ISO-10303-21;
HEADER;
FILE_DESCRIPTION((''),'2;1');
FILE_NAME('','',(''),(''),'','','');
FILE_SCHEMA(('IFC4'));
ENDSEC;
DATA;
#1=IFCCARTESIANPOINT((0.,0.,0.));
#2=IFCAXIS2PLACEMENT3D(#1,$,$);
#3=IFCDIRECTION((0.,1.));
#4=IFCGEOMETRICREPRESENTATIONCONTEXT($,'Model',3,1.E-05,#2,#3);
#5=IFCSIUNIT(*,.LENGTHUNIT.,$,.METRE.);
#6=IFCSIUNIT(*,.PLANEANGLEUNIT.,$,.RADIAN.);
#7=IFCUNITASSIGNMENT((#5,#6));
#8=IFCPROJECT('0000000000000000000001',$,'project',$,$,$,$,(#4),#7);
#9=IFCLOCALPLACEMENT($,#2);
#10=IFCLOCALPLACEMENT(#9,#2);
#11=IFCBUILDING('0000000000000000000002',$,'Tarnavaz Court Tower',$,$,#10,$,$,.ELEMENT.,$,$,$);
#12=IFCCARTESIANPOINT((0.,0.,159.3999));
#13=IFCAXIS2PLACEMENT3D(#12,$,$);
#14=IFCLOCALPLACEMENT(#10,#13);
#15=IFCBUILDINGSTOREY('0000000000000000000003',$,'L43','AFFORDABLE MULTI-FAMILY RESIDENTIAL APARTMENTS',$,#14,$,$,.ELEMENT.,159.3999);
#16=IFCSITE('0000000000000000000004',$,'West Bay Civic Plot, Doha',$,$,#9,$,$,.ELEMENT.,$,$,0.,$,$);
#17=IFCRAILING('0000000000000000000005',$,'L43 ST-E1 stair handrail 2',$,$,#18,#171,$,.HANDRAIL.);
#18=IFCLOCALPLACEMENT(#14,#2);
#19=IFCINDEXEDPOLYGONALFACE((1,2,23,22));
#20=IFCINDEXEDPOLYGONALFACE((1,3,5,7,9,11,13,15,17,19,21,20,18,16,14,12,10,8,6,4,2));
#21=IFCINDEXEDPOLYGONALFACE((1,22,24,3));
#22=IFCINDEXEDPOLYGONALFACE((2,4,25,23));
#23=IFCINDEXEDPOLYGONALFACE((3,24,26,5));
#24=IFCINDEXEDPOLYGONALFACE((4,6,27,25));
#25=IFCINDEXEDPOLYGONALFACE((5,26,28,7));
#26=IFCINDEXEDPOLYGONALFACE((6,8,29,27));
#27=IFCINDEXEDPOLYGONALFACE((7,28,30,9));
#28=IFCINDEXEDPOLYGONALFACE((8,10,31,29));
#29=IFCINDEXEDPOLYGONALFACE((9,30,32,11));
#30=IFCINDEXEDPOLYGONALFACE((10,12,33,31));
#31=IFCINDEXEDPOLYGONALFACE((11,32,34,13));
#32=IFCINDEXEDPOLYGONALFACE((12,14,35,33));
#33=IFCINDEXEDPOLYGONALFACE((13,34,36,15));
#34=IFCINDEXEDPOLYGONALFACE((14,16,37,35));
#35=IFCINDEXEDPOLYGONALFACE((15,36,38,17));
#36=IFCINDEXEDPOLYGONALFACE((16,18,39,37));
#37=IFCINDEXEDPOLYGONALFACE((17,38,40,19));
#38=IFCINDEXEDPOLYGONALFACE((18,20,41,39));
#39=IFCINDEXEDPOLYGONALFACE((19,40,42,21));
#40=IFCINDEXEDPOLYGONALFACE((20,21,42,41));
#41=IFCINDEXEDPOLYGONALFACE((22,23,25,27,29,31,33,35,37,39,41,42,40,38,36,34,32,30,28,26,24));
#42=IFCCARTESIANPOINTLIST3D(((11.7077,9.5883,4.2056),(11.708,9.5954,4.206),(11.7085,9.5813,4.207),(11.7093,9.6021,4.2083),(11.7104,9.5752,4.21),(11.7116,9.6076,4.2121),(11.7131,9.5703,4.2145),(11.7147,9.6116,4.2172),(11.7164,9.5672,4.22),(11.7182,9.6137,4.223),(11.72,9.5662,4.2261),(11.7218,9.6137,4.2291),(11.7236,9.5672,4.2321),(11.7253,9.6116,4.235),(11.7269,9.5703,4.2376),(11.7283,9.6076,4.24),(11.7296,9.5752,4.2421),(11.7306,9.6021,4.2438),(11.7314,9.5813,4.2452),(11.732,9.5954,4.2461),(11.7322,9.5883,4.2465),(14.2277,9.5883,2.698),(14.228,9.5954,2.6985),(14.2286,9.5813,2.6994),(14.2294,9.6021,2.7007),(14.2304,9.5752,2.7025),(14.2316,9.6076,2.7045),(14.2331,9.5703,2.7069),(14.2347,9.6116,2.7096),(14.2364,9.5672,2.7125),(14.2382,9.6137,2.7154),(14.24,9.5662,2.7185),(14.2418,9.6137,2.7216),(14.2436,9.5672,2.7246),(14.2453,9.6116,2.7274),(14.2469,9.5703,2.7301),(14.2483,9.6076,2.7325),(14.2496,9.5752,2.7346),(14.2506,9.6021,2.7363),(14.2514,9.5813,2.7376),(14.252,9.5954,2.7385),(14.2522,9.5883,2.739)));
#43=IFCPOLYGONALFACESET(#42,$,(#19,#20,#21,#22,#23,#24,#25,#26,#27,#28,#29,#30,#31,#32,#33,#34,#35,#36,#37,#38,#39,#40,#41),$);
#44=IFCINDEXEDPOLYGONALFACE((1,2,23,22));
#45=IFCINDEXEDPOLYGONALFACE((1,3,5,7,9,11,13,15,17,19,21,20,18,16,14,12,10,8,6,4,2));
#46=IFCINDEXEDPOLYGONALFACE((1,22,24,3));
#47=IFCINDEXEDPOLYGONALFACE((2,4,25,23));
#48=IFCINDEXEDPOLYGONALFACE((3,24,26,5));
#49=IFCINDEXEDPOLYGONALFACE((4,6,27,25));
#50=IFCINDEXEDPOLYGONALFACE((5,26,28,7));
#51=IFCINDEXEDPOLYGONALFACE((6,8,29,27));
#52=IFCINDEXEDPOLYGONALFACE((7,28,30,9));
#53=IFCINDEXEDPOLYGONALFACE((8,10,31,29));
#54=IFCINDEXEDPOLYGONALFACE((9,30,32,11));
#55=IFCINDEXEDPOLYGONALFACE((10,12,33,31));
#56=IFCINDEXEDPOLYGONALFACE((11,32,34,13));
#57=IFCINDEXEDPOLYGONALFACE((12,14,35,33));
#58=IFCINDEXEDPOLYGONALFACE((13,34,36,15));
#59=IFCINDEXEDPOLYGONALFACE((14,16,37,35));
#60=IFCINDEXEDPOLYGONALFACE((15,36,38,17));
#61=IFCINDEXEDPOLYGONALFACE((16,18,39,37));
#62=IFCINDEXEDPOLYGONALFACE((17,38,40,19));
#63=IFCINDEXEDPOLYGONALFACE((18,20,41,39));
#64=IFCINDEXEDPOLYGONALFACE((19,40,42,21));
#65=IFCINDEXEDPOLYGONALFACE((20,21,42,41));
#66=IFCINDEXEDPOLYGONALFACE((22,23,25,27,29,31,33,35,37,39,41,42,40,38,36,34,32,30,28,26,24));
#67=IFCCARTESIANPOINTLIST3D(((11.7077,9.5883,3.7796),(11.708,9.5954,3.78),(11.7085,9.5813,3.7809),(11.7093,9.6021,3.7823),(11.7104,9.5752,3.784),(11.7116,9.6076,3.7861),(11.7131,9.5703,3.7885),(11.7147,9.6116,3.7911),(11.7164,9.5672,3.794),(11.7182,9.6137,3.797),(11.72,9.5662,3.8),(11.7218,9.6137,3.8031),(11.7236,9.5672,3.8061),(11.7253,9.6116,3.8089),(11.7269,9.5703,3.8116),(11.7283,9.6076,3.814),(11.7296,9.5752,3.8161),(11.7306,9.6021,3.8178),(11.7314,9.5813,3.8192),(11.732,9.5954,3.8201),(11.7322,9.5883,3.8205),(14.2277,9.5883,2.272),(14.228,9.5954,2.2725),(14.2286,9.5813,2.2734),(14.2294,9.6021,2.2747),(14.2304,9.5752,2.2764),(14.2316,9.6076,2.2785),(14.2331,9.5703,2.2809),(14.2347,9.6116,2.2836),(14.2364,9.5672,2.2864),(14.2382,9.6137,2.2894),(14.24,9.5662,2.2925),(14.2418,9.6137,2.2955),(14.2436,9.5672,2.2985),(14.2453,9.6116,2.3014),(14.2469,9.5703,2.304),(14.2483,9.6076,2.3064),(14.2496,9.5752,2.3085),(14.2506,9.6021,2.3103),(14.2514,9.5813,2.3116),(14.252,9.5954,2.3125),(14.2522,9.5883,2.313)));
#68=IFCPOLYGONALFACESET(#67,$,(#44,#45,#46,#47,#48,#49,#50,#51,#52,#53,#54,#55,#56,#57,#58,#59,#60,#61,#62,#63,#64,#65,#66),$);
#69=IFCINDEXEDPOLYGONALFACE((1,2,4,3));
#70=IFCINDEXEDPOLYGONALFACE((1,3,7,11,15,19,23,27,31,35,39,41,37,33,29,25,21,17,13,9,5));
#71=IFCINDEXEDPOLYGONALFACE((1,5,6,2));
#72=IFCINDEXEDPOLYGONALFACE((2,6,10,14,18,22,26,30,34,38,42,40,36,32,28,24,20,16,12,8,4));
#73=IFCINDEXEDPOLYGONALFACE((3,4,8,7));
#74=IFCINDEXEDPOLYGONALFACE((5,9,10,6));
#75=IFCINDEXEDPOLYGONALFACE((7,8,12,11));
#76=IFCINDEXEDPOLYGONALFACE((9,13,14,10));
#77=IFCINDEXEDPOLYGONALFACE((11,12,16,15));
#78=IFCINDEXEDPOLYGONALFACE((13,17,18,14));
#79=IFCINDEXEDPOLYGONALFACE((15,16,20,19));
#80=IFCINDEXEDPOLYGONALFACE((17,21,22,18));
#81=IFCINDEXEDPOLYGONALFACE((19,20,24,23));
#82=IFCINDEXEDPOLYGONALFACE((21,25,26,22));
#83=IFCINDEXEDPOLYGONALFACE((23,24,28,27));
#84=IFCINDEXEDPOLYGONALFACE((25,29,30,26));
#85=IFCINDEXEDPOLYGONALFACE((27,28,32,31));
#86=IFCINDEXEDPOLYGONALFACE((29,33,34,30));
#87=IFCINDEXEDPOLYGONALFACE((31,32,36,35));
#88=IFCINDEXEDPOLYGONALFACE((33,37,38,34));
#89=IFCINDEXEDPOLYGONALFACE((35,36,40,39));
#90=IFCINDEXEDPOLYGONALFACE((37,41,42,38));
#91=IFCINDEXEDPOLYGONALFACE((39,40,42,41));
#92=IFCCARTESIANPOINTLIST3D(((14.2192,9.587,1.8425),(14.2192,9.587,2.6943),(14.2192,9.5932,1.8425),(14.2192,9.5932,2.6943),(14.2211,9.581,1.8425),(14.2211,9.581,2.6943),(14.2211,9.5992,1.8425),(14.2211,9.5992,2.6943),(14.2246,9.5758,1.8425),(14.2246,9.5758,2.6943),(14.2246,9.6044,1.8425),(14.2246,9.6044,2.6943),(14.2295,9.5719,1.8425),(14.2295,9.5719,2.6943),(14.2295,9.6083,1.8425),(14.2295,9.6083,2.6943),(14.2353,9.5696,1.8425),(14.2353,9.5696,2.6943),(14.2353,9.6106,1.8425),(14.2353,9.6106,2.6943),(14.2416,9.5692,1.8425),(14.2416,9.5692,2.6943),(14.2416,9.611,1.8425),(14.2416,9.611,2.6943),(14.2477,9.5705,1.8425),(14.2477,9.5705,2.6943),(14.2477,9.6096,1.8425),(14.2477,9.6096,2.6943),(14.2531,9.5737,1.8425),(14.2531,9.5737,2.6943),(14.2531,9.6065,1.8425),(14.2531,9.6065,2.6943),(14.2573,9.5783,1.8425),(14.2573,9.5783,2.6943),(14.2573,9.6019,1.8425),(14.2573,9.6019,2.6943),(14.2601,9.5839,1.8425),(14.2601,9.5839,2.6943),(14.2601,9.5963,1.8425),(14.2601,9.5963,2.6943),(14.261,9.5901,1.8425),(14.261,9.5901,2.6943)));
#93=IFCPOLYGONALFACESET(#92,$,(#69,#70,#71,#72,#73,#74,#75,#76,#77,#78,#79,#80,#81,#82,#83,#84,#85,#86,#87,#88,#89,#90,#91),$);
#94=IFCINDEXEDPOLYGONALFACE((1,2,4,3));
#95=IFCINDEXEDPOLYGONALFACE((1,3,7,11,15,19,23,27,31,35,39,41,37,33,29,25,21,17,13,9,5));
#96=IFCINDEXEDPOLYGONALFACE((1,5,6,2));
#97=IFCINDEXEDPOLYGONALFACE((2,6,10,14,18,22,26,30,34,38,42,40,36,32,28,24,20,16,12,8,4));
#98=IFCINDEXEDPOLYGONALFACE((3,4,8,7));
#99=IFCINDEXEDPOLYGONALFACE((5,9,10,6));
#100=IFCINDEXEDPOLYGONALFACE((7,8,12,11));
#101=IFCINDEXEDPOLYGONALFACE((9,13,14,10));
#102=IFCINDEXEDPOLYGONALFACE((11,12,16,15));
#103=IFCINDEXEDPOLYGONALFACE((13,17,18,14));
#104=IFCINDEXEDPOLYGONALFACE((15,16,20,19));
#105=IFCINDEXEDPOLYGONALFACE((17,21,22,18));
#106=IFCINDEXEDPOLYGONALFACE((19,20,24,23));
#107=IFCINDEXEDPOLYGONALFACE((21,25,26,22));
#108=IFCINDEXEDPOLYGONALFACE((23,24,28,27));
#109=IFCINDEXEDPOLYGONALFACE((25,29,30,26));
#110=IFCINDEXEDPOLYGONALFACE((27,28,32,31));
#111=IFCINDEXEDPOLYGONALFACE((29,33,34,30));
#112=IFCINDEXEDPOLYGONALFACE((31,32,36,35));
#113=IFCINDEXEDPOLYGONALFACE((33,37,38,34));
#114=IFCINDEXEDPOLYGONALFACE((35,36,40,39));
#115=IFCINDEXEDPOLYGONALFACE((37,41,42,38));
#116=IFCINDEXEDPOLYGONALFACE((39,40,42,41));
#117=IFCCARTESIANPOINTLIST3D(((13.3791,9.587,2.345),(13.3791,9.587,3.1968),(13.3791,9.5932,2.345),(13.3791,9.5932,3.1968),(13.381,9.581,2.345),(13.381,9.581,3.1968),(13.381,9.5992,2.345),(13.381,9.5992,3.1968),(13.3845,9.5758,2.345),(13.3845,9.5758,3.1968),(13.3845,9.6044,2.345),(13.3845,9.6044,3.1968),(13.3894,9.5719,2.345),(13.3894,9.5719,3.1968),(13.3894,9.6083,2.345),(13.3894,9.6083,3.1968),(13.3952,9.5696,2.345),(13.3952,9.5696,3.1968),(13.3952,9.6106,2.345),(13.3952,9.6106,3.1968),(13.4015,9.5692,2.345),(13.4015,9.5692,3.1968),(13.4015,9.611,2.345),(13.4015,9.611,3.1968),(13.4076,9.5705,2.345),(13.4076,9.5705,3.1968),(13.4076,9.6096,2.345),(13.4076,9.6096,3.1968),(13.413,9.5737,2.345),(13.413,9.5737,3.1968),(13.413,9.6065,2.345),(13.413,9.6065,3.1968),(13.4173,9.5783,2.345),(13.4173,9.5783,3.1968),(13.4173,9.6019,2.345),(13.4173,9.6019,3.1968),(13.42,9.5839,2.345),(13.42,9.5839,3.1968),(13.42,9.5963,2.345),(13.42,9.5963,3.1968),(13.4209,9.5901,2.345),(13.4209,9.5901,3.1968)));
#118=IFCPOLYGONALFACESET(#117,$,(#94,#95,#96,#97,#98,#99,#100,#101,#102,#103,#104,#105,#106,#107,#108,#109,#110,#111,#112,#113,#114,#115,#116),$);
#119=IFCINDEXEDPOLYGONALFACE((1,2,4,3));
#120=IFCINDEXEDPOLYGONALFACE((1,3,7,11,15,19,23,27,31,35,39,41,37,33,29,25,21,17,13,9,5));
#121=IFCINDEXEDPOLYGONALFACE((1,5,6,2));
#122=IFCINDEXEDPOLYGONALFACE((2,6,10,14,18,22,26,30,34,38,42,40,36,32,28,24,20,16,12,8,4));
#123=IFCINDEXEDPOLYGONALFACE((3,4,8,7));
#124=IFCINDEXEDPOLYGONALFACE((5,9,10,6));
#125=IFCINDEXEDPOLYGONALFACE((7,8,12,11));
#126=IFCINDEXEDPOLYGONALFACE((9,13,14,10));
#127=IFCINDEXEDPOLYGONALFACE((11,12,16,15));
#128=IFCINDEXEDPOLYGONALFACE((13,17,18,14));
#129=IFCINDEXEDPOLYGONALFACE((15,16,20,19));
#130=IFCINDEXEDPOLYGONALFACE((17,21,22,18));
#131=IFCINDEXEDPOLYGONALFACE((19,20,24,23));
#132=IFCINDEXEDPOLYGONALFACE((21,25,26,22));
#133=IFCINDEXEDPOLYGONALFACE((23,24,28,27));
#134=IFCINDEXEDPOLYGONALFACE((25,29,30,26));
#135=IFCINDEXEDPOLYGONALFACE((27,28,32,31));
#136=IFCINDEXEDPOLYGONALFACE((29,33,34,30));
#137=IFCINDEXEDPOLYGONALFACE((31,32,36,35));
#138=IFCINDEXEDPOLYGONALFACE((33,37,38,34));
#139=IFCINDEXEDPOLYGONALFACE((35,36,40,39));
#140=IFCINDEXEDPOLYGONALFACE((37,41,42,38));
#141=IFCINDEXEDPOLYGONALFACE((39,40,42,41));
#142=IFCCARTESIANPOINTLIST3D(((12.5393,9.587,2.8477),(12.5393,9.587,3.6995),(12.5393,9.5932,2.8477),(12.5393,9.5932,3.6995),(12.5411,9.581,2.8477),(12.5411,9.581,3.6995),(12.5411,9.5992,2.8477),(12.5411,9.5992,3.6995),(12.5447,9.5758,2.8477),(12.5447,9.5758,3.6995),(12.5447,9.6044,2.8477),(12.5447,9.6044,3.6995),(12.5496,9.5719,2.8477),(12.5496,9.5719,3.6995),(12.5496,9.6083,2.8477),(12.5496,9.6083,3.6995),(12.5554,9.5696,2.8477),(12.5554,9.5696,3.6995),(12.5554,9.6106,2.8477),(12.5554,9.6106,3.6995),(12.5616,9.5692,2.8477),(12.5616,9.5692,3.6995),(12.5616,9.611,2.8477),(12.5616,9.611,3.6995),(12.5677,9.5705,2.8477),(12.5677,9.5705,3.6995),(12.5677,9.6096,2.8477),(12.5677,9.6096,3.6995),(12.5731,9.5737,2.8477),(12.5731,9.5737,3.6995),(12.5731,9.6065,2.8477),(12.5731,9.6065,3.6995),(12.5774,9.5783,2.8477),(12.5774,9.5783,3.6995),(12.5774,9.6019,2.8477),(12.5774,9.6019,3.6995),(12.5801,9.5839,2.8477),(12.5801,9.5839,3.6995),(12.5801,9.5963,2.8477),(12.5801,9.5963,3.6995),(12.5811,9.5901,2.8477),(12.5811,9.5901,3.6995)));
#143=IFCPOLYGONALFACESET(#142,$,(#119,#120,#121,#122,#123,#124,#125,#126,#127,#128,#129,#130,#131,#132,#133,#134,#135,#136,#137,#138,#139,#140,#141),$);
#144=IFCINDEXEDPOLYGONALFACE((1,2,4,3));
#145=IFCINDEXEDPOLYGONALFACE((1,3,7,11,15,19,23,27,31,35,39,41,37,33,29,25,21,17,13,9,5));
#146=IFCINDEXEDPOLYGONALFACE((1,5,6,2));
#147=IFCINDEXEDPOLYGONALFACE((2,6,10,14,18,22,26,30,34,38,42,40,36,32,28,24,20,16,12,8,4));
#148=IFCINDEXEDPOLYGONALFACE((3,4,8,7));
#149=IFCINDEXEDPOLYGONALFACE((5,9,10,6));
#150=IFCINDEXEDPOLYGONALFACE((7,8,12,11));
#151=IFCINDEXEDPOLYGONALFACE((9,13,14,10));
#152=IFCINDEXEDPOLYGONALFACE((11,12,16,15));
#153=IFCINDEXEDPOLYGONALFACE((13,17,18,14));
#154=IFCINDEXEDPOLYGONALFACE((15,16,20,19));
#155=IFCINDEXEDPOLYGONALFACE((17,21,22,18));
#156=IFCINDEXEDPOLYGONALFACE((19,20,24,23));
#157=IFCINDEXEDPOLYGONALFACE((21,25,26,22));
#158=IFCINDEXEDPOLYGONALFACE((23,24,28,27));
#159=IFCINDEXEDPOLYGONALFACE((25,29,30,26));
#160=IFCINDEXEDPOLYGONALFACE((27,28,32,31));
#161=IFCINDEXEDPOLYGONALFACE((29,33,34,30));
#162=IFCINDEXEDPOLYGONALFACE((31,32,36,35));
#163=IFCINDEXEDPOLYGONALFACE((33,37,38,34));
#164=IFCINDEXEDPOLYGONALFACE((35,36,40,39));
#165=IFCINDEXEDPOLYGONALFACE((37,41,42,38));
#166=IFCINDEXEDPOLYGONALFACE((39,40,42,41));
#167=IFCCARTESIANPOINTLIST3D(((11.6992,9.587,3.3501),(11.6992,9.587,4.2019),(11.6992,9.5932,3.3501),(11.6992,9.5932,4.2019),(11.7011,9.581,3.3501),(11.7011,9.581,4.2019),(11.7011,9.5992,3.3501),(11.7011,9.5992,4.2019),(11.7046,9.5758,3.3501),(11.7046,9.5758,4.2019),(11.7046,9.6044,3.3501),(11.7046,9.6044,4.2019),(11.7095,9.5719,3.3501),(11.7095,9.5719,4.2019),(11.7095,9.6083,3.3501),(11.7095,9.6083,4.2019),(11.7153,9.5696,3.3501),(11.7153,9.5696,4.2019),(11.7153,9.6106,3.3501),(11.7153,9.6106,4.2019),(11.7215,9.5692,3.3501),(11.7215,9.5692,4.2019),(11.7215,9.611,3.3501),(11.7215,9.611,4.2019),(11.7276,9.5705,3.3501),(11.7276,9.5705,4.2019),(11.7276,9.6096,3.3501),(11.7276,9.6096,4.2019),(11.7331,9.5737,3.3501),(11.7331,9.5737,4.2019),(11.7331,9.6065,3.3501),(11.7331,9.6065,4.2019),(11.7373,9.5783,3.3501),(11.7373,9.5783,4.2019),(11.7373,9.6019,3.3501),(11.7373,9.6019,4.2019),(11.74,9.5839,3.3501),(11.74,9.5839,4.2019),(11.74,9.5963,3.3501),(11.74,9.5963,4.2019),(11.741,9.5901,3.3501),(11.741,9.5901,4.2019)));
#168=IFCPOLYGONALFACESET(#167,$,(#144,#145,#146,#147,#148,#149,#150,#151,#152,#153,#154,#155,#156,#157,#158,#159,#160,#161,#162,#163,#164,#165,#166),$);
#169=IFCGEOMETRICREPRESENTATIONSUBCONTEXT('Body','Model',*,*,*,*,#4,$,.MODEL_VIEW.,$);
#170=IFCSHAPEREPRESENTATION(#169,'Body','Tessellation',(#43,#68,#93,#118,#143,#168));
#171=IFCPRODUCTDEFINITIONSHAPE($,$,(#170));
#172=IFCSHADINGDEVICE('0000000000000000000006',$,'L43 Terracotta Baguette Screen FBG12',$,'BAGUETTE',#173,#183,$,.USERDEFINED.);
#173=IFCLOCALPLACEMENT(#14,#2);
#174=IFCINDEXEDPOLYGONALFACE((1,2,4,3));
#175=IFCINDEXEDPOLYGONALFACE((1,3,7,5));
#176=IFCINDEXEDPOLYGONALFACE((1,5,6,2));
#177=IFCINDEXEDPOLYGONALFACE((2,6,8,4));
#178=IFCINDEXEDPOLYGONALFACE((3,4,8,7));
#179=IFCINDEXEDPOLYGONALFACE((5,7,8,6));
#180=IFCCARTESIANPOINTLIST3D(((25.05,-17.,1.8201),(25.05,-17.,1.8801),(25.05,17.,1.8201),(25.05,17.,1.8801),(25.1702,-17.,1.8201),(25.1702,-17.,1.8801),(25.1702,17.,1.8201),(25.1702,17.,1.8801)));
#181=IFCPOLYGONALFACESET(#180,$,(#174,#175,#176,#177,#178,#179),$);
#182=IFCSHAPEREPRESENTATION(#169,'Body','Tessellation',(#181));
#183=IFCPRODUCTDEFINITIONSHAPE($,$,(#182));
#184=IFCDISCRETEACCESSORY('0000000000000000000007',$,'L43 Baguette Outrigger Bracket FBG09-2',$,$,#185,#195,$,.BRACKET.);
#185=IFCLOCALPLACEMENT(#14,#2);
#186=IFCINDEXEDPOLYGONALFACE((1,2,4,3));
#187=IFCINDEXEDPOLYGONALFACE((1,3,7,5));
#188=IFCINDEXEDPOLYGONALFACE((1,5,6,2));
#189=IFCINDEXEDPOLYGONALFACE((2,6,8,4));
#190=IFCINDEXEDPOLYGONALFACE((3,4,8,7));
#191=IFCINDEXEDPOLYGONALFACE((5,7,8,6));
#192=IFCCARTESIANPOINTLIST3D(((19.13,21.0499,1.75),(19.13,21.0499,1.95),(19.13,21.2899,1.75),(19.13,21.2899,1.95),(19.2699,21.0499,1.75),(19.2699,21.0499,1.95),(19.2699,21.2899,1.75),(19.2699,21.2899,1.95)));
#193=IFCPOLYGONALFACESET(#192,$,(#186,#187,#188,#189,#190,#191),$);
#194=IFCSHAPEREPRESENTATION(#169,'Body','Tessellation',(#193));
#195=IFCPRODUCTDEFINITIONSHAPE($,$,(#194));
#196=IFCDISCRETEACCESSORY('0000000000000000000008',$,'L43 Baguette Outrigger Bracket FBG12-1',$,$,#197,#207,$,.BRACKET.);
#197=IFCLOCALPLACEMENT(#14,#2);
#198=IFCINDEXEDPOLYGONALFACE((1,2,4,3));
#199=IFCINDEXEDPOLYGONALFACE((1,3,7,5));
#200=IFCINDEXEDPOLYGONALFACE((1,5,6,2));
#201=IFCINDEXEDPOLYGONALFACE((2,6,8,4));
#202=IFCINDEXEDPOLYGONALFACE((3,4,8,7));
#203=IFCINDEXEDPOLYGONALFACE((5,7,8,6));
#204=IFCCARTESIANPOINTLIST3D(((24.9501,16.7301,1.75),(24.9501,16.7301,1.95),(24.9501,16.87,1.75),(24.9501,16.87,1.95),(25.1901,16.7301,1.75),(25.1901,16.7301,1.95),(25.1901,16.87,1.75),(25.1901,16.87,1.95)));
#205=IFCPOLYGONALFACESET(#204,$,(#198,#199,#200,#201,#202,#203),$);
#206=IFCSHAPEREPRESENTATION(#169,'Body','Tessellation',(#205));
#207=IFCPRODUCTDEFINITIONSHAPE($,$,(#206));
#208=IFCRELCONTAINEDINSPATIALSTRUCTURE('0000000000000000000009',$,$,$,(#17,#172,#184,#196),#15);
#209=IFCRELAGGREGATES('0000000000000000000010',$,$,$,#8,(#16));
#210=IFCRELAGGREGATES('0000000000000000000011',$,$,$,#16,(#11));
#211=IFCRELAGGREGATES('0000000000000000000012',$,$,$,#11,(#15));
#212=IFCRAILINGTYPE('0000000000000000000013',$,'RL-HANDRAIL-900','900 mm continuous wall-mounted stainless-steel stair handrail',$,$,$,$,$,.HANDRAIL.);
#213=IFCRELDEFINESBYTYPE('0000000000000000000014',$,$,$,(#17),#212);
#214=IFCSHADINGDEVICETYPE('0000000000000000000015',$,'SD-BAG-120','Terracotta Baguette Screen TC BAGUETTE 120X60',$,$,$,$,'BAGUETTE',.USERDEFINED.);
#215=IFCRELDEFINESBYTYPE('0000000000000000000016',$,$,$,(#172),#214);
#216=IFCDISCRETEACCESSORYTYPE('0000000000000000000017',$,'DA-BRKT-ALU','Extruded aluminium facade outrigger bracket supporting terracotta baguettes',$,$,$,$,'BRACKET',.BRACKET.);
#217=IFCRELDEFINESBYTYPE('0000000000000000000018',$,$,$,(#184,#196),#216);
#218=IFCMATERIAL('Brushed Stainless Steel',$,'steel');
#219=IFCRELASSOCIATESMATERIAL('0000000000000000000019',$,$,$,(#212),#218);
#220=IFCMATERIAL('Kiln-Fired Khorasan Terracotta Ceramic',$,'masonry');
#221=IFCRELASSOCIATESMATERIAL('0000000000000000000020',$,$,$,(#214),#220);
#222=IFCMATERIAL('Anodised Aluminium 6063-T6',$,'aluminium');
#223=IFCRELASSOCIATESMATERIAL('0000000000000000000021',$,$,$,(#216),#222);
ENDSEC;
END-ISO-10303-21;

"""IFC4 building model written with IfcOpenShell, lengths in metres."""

from ifc_helpers import new_model, si_unit, direction, frame, origin, origin_2d, place, context, subcontext, project, spatial, rectangle, circle, extrude, material, material_profile, profile_set, type_object, element, save


model = new_model("IFC4")

# Units and contexts
model_context = context("Model", 3, precision=1e-05, world=origin(), true_north=direction((0.0, 1.0)))
body_context = subcontext(model_context, "Body", "Model", "MODEL_VIEW")
ifc_project = project(units=[si_unit("LENGTHUNIT", "METRE"), si_unit("PLANEANGLEUNIT", "RADIAN")], contexts=[model_context])

# Site, building, storey
site_placement = place(None, origin())
site = spatial("IfcSite", under=ifc_project, at=site_placement, Name="West Bay Civic Plot, Doha", CompositionType="ELEMENT", RefElevation=0.0)
building_placement = place(site_placement, origin())
building = spatial("IfcBuilding", under=site, at=building_placement, Name="Tarnavaz Court Tower", CompositionType="ELEMENT")
storey_placement = place(building_placement, frame((0.0, 0.0, 159.3999)))
storey = spatial("IfcBuildingStorey", under=building, at=storey_placement, Name="L43", Description="AFFORDABLE MULTI-FAMILY RESIDENTIAL APARTMENTS", CompositionType="ELEMENT", Elevation=159.3999)

# Railing
ifc_material_1 = material(Name="Brushed Stainless Steel", Category="steel")
railing_type = type_object("IfcRailingType", Name="RL-HANDRAIL-900", Description="900 mm continuous wall-mounted stainless-steel stair handrail", PredefinedType="HANDRAIL", material=ifc_material_1)
railing_placement = place(storey_placement, frame((14.24, 9.5901, 1.8425)))
element("IfcRailing", 1, at=railing_placement, inside=storey, type_object=railing_type, Name="L43 ST-E1 stair handrail 2", PredefinedType="HANDRAIL", context=body_context, shape_type="SweptSolid", body=[
    extrude(circle(Radius=0.0239, at=origin_2d()), frame((0.0, 0.0, 0.876), z_axis=(-0.85816, 0.0, 0.513383), x_axis=(0.0, -1.0, 0.0)), (0.0, 0.0, 1.0), 2.9365),
    extrude(circle(Radius=0.0239, at=origin_2d()), frame((0.0, 0.0, 0.45), z_axis=(-0.85816, 0.0, 0.513383), x_axis=(0.0, -1.0, 0.0)), (0.0, 0.0, 1.0), 2.9365),
    extrude(circle(Radius=0.021, at=origin_2d()), origin(), (0.0, 0.0, 1.0), 0.8518),
    extrude(circle(Radius=0.021, at=origin_2d()), frame((-0.8401, 0.0, 0.5024)), (0.0, 0.0, 1.0), 0.8518),
    extrude(circle(Radius=0.021, at=origin_2d()), frame((-1.6799, 0.0, 1.0051)), (0.0, 0.0, 1.0), 0.8518),
    extrude(circle(Radius=0.021, at=origin_2d()), frame((-2.52, 0.0, 1.5076)), (0.0, 0.0, 1.0), 0.8518),
])

# Shading device
ifc_material_2 = material(Name="Kiln-Fired Khorasan Terracotta Ceramic", Category="masonry")
ifc_material_profile_1 = material_profile(ifc_material_2, rectangle(XDim=0.1201, YDim=0.0601, at=origin_2d()), Name="TC BAGUETTE 120X60")
ifc_profile_set_1 = profile_set([ifc_material_profile_1], Name="Kiln-Fired Khorasan Terracotta Ceramic")
shading_device_type = type_object("IfcShadingDeviceType", Name="SD-BAG-120", Description="Terracotta Baguette Screen TC BAGUETTE 120X60", ElementType="BAGUETTE", PredefinedType="USERDEFINED", material=ifc_profile_set_1)
shading_device_placement = place(storey_placement, frame((25.1101, 17.0, 1.8501), z_axis=(0.0, -1.0, 0.0), x_axis=(1.0, 0.0, 0.0)))
element("IfcShadingDevice", 2, at=shading_device_placement, inside=storey, type_object=shading_device_type, Name="L43 Terracotta Baguette Screen FBG12", ObjectType="BAGUETTE", PredefinedType="USERDEFINED", context=body_context, shape_type="SweptSolid", body=[
    extrude(rectangle(XDim=0.1201, YDim=0.0601, at=origin_2d()), origin(), (0.0, 0.0, 1.0), 34.0),
])

# Discrete accessories
ifc_material_3 = material(Name="Anodised Aluminium 6063-T6", Category="aluminium")
discrete_accessory_type = type_object("IfcDiscreteAccessoryType", Name="DA-BRKT-ALU", Description="Extruded aluminium facade outrigger bracket supporting terracotta baguettes", ElementType="BRACKET", PredefinedType="BRACKET", material=ifc_material_3)
for number, where, z_axis, x_axis, name in (
    (3, (19.2, 21.1699, 1.75), (0.0, 0.0, 1.0), (1.0, 0.0, 0.0), "L43 Baguette Outrigger Bracket FBG09-2"),
    (4, (25.0701, 16.8, 1.75), (0.0, 0.0, 1.0), (0.0, -1.0, 0.0), "L43 Baguette Outrigger Bracket FBG12-1"),
):
    element("IfcDiscreteAccessory", number, at=place(storey_placement, frame(where, z_axis=z_axis, x_axis=x_axis)), inside=storey, type_object=discrete_accessory_type, Name=name, PredefinedType="BRACKET", context=body_context, shape_type="SweptSolid", body=[
        extrude(rectangle(XDim=0.1399, YDim=0.24, at=origin_2d()), origin(), (0.0, 0.0, 1.0), 0.2),
    ])

save(model, "model.ifc")
